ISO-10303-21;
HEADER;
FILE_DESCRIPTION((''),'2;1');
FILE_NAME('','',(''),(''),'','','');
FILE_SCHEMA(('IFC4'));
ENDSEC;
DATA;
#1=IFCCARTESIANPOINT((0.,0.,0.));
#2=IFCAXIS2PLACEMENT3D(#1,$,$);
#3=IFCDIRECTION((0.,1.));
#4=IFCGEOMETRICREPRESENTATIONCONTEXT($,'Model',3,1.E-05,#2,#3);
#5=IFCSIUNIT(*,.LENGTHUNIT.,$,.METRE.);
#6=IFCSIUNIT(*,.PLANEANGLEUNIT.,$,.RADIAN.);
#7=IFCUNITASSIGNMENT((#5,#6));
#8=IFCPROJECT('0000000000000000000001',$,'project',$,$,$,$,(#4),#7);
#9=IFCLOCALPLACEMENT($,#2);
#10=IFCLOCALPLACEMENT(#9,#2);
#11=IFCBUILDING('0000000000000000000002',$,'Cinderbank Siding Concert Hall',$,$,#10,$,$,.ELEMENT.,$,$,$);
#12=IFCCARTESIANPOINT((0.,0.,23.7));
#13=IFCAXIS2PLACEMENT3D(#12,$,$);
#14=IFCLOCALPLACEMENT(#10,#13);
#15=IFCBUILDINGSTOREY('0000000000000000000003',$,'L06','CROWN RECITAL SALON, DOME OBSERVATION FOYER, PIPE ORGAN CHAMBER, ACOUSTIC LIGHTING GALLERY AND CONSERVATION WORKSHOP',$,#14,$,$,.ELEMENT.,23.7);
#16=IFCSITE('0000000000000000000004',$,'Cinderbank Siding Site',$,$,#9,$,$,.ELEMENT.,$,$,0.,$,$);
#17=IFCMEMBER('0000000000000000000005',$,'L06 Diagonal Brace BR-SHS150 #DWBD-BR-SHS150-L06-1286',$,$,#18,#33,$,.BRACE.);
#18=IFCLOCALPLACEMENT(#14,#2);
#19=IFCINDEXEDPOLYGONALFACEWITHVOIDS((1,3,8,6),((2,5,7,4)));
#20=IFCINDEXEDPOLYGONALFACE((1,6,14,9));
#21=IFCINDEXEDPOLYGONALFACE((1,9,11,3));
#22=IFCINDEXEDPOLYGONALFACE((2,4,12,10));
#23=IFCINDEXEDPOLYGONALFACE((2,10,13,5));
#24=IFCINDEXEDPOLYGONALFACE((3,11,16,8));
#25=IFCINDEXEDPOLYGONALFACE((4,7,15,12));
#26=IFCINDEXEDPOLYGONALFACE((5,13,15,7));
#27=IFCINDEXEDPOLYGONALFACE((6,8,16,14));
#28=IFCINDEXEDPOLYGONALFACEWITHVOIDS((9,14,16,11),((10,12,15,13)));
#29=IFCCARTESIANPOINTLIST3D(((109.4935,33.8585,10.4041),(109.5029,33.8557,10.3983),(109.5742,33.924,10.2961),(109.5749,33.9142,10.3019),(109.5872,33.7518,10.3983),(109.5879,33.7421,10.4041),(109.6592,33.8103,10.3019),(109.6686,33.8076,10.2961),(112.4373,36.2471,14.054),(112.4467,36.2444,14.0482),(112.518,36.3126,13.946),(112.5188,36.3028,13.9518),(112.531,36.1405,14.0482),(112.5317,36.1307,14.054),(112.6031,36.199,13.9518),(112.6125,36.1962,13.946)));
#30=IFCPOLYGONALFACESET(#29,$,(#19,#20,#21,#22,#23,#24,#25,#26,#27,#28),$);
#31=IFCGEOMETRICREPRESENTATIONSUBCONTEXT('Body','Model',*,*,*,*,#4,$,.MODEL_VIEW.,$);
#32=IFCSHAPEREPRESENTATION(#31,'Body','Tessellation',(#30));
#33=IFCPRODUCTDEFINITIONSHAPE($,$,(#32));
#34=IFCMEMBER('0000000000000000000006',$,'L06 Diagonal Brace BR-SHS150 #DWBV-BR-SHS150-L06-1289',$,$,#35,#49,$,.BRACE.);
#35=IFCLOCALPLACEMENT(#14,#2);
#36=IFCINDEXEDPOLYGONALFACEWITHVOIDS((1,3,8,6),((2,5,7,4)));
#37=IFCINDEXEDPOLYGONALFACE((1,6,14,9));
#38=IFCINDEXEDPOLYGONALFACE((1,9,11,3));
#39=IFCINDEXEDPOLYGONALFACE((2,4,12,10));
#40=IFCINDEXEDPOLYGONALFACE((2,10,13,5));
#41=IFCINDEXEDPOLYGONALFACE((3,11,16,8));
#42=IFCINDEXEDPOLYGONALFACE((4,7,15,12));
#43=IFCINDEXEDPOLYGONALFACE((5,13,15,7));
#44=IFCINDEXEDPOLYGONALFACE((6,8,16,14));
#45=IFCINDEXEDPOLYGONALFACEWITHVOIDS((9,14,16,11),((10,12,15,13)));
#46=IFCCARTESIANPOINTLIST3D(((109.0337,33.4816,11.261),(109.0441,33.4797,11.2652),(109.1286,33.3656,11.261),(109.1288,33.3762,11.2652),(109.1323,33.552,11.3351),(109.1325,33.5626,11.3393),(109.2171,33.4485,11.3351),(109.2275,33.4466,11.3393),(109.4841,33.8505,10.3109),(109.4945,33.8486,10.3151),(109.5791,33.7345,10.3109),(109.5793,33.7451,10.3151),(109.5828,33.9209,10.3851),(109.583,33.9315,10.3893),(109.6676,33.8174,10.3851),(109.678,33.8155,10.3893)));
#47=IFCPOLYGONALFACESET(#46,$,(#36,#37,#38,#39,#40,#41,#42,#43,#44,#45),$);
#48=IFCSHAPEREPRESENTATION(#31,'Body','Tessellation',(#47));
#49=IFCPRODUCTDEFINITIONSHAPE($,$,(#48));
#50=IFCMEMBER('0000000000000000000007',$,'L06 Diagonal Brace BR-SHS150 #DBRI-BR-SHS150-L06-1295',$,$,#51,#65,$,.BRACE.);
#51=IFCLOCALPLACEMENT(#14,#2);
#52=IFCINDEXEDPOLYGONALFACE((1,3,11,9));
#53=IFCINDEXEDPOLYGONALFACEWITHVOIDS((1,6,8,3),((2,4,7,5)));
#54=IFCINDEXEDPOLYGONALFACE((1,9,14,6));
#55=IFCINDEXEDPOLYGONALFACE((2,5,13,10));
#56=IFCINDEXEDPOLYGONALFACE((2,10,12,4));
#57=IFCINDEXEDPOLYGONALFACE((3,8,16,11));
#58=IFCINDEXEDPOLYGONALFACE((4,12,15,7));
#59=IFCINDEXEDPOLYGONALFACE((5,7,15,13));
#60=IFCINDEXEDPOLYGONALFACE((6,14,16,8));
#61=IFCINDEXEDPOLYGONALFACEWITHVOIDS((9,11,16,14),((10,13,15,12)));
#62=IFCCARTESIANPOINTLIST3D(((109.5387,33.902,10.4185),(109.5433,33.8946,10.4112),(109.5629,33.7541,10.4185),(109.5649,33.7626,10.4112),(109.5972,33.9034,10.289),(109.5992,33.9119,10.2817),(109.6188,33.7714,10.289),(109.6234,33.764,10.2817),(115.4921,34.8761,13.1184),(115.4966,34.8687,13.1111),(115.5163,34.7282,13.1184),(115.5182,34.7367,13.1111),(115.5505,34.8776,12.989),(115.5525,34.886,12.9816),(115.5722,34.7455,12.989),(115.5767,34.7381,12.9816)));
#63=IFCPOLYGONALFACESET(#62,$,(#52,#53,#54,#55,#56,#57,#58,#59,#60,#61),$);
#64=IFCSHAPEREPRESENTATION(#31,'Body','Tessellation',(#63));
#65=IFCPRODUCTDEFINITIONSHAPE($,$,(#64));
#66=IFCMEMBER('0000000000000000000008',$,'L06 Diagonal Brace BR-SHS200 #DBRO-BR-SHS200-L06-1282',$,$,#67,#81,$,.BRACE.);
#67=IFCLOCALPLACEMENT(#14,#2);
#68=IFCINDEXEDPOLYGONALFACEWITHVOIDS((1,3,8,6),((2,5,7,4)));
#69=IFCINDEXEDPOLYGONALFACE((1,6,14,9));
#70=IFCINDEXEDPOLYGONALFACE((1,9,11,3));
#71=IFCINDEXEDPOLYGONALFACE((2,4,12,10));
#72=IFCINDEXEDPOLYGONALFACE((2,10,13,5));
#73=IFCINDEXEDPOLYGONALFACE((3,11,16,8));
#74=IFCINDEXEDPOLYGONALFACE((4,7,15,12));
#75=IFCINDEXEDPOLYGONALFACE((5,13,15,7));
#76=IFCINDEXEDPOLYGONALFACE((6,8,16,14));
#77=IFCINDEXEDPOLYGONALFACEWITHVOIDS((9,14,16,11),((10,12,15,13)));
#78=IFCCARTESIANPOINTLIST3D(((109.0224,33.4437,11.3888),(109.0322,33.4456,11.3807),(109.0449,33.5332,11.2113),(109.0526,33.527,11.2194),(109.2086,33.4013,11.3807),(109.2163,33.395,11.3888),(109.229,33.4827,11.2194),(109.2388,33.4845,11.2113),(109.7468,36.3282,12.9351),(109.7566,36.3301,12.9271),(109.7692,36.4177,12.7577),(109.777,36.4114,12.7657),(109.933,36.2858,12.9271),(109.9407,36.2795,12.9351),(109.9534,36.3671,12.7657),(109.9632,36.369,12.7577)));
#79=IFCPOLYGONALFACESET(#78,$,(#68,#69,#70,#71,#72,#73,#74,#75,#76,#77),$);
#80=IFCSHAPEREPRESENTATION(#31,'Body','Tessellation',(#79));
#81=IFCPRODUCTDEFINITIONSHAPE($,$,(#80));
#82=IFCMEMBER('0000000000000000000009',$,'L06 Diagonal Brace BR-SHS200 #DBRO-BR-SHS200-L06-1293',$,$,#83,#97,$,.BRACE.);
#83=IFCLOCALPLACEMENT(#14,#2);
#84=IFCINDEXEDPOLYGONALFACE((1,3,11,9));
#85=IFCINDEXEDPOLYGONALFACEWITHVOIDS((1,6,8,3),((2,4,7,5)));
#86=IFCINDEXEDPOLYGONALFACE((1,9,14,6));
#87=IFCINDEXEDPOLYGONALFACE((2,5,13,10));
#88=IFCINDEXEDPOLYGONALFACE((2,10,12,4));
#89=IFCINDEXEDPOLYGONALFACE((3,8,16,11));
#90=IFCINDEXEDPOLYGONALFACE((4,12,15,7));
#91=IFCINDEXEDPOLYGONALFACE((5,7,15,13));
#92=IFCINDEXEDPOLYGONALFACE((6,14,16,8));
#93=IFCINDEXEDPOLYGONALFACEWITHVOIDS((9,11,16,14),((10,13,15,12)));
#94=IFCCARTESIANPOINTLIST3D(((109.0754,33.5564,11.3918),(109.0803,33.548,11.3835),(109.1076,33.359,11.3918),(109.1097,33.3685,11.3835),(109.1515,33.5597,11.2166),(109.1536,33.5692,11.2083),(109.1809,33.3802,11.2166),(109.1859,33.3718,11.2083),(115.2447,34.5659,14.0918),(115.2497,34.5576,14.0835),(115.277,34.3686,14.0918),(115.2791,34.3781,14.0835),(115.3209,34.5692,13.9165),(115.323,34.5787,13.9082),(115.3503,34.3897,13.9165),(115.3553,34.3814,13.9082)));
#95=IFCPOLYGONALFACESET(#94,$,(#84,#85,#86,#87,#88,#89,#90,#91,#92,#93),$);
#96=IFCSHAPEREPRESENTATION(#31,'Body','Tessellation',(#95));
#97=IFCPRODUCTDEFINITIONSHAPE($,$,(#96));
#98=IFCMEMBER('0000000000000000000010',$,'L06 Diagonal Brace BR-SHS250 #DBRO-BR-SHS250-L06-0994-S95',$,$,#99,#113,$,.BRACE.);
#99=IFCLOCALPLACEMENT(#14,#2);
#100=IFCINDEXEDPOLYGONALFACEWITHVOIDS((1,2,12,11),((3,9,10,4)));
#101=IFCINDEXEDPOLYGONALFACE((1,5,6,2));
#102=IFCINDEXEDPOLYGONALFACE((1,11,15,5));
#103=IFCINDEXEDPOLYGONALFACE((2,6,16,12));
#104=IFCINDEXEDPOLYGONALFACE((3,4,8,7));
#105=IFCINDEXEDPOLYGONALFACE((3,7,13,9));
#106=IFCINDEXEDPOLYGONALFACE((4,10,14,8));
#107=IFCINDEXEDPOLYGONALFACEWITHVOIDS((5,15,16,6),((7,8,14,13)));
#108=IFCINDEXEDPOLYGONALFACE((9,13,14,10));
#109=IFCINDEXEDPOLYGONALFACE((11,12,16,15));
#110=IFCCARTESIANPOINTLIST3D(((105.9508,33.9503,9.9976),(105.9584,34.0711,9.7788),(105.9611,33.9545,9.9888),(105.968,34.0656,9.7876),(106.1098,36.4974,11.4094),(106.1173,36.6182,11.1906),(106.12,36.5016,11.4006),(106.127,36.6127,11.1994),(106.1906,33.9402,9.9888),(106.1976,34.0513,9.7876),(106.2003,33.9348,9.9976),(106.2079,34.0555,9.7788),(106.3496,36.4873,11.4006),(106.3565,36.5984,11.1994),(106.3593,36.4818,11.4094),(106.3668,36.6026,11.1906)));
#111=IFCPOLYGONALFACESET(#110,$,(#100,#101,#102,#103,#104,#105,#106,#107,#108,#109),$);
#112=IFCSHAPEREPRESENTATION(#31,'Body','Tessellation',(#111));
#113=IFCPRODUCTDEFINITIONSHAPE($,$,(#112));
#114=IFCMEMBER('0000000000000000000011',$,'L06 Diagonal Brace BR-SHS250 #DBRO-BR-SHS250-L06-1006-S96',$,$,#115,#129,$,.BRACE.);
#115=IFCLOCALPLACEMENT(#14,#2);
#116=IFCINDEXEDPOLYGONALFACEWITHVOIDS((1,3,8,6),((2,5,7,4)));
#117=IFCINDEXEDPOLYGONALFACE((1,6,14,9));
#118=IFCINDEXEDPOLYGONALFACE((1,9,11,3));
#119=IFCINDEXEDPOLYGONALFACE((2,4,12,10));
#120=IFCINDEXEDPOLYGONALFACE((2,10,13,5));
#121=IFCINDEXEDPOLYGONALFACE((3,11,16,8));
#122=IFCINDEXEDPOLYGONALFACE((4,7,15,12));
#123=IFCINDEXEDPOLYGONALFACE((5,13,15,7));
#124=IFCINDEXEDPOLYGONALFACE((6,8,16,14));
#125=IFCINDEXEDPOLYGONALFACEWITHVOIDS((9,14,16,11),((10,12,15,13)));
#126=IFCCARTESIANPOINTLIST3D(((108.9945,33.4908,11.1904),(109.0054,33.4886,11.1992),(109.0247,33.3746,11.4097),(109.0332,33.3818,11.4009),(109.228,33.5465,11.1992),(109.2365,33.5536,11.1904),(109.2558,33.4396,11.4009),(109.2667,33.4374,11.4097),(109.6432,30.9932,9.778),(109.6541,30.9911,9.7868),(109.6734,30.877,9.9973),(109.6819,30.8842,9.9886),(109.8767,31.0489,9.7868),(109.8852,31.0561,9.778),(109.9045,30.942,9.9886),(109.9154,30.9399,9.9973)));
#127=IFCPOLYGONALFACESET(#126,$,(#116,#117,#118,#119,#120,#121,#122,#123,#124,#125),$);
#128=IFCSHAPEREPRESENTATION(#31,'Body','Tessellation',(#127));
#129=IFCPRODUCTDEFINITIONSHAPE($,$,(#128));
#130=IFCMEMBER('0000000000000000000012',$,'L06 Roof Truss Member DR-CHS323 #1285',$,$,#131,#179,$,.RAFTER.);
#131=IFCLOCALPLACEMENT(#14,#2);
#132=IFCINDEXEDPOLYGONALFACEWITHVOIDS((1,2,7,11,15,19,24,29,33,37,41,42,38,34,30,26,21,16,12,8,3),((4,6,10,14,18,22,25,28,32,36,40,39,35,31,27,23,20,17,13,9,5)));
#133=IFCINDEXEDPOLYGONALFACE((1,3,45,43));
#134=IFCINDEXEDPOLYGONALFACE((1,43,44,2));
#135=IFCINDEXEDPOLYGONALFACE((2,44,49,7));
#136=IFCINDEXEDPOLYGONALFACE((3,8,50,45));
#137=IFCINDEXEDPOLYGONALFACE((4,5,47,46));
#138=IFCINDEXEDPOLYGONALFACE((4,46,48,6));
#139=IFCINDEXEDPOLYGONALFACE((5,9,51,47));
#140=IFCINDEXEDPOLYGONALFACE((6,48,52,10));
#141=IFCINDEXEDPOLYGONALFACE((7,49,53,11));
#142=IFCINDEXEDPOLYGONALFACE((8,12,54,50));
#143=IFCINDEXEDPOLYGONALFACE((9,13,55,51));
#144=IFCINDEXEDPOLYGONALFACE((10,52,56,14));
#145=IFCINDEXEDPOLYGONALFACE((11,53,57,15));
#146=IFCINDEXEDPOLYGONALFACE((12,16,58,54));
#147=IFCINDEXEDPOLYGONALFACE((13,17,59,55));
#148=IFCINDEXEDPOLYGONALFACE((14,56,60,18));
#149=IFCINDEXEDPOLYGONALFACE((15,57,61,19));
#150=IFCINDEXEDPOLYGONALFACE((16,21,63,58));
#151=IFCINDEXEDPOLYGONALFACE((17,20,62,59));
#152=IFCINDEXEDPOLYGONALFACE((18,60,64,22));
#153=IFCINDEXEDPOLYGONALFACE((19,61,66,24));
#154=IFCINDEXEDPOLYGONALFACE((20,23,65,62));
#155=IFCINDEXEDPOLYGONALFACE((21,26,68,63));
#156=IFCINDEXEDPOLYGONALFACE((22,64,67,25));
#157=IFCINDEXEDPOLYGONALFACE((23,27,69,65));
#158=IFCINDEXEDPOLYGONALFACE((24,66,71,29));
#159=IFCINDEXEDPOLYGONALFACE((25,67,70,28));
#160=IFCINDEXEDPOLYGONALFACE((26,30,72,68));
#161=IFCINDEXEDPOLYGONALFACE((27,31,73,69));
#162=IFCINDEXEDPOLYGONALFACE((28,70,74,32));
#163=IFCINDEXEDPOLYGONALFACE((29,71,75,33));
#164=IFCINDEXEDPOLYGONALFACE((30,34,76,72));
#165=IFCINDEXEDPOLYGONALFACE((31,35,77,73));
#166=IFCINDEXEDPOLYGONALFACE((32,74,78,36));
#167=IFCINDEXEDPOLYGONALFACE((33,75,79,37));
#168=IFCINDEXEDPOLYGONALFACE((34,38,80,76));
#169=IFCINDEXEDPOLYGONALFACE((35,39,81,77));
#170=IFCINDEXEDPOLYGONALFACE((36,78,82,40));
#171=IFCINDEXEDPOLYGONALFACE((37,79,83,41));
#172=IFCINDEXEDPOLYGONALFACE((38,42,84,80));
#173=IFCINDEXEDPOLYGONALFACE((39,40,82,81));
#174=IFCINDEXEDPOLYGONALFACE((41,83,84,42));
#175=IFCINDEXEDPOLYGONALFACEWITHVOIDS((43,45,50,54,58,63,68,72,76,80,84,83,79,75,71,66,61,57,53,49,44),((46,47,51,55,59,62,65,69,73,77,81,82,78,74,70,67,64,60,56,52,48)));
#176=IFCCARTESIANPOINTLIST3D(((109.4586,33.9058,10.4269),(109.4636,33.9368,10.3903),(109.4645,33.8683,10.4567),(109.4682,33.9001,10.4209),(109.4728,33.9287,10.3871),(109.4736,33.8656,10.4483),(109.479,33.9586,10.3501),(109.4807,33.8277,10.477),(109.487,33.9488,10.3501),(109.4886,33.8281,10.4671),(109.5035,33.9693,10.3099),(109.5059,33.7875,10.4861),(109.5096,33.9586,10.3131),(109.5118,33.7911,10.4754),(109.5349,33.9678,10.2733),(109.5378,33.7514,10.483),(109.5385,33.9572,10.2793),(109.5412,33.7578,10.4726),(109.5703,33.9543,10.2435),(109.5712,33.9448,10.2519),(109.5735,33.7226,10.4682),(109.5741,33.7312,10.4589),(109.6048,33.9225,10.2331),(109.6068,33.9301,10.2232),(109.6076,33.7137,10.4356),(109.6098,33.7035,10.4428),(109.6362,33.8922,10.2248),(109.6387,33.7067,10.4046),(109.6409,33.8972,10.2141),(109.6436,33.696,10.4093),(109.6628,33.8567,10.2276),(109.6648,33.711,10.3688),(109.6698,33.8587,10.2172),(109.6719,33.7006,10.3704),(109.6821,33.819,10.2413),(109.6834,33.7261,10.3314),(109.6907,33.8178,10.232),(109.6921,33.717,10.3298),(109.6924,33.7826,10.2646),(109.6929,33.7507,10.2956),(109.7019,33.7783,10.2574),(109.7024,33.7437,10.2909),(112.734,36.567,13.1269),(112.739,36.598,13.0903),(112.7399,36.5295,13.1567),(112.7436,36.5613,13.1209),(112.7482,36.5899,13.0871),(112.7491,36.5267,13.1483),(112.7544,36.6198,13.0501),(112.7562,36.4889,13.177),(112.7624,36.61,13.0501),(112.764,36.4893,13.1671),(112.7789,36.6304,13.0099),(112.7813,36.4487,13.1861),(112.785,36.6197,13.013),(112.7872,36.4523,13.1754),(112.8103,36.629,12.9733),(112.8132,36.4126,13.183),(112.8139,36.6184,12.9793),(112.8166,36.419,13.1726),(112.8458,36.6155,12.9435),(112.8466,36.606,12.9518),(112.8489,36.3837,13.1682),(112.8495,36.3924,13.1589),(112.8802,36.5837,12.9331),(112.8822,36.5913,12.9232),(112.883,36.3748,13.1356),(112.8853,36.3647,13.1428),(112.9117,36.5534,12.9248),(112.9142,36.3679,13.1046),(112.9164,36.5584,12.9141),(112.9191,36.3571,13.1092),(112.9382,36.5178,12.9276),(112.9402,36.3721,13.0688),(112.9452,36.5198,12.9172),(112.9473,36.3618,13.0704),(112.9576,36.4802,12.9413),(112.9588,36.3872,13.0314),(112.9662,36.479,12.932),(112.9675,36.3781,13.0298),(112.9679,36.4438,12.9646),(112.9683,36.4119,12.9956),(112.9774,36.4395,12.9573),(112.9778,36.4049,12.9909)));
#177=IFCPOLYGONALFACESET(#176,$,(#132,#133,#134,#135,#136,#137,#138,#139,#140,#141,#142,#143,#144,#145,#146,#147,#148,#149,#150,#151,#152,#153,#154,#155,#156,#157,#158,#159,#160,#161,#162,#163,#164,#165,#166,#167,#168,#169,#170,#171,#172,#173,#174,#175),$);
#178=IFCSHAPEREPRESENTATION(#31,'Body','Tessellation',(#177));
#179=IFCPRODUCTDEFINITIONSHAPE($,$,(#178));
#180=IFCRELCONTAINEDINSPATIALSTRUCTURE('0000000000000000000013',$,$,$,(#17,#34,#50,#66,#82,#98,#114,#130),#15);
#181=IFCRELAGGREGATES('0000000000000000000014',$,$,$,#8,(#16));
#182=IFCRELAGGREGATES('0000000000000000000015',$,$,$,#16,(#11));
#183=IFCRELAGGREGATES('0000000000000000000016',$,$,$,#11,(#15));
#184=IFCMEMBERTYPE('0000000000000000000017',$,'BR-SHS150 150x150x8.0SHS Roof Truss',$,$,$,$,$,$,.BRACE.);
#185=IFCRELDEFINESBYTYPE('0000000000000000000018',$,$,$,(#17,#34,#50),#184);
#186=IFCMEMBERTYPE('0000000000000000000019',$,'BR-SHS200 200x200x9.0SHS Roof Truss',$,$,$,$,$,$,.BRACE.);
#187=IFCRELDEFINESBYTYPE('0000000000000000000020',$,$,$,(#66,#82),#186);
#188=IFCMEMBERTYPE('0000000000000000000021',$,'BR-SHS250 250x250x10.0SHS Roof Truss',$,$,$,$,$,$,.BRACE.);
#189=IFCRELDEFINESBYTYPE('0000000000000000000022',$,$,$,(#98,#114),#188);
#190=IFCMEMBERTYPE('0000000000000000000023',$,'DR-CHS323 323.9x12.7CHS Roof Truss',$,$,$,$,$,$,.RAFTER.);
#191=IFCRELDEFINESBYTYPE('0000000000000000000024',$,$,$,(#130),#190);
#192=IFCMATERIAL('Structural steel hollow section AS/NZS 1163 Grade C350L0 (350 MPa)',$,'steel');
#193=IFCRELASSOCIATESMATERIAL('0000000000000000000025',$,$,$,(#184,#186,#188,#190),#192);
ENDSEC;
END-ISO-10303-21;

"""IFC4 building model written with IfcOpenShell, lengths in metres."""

from ifc_helpers import new_model, si_unit, direction, frame, origin, origin_2d, place, context, subcontext, project, spatial, hollow_rectangle, hollow_circle, extrude, material, material_profile, profile_set, type_object, element, save


model = new_model("IFC4")

# Units and contexts
model_context = context("Model", 3, precision=1e-05, world=origin(), true_north=direction((0.0, 1.0)))
body_context = subcontext(model_context, "Body", "Model", "MODEL_VIEW")
ifc_project = project(units=[si_unit("LENGTHUNIT", "METRE"), si_unit("PLANEANGLEUNIT", "RADIAN")], contexts=[model_context])

# Site, building, storey
site_placement = place(None, origin())
site = spatial("IfcSite", under=ifc_project, at=site_placement, Name="Cinderbank Siding Site", CompositionType="ELEMENT", RefElevation=0.0)
building_placement = place(site_placement, origin())
building = spatial("IfcBuilding", under=site, at=building_placement, Name="Cinderbank Siding Concert Hall", CompositionType="ELEMENT")
storey_placement = place(building_placement, frame((0.0, 0.0, 23.7)))
storey = spatial("IfcBuildingStorey", under=building, at=storey_placement, Name="L06", Description="CROWN RECITAL SALON, DOME OBSERVATION FOYER, PIPE ORGAN CHAMBER, ACOUSTIC LIGHTING GALLERY AND CONSERVATION WORKSHOP", CompositionType="ELEMENT", Elevation=23.7)

# Members
ifc_material_1 = material(Name="Structural steel hollow section AS/NZS 1163 Grade C350L0 (350 MPa)", Category="steel")
ifc_material_profile_1 = material_profile(ifc_material_1, hollow_rectangle(XDim=0.1499, YDim=0.1499, WallThickness=0.0081, at=origin_2d()), Name="150x150x8.0SHS", Category="LoadBearing")
ifc_profile_set_1 = profile_set([ifc_material_profile_1], Name="Structural steel hollow section AS/NZS 1163 Grade C350L0 (350 MPa)")
member_type_1 = type_object("IfcMemberType", Name="BR-SHS150 150x150x8.0SHS Roof Truss", PredefinedType="BRACE", material=ifc_profile_set_1)
member_1_placement = place(storey_placement, frame((109.5811, 33.833, 10.3501), z_axis=(0.559402, 0.453905, 0.69357), x_axis=(-0.630083, 0.776528, 0.0)))
element("IfcMember", 1, at=member_1_placement, inside=storey, type_object=member_type_1, Name="L06 Diagonal Brace BR-SHS150 #DWBD-BR-SHS150-L06-1286", PredefinedType="BRACE", context=body_context, shape_type="SweptSolid", body=[
    extrude(hollow_rectangle(XDim=0.1499, YDim=0.1499, WallThickness=0.0081, at=origin_2d()), origin(), (0.0, 0.0, 1.0), 5.2625),
])
member_2_placement = place(storey_placement, frame((109.5811, 33.833, 10.3501), z_axis=(-0.40428, -0.331094, 0.852604), x_axis=(0.633603, -0.773658, 0.0)))
element("IfcMember", 2, at=member_2_placement, inside=storey, type_object=member_type_1, Name="L06 Diagonal Brace BR-SHS150 #DWBV-BR-SHS150-L06-1289", PredefinedType="BRACE", context=body_context, shape_type="SweptSolid", body=[
    extrude(hollow_rectangle(XDim=0.1499, YDim=0.1499, WallThickness=0.0081, at=origin_2d()), origin(), (0.0, 0.0, 1.0), 1.1143),
])
member_3_placement = place(storey_placement, frame((109.5811, 33.833, 10.3501), z_axis=(0.900773, 0.147389, 0.408515), x_axis=(-0.161478, 0.986876, 0.0)))
element("IfcMember", 3, at=member_3_placement, inside=storey, type_object=member_type_1, Name="L06 Diagonal Brace BR-SHS150 #DBRI-BR-SHS150-L06-1295", PredefinedType="BRACE", context=body_context, shape_type="SweptSolid", body=[
    extrude(hollow_rectangle(XDim=0.1499, YDim=0.1499, WallThickness=0.0081, at=origin_2d()), origin(), (0.0, 0.0, 1.0), 6.6091),
])
ifc_material_profile_2 = material_profile(ifc_material_1, hollow_rectangle(XDim=0.2, YDim=0.2, WallThickness=0.009, at=origin_2d()), Name="200x200x9.0SHS", Category="LoadBearing")
ifc_profile_set_2 = profile_set([ifc_material_profile_2], Name="Structural steel hollow section AS/NZS 1163 Grade C350L0 (350 MPa)")
member_type_2 = type_object("IfcMemberType", Name="BR-SHS200 200x200x9.0SHS Roof Truss", PredefinedType="BRACE", material=ifc_profile_set_2)
member_4_placement = place(storey_placement, frame((109.1306, 33.4641, 11.3), z_axis=(0.216094, 0.860515, 0.461321), x_axis=(-0.969886, 0.243559, 0.0)))
element("IfcMember", 4, at=member_4_placement, inside=storey, type_object=member_type_2, Name="L06 Diagonal Brace BR-SHS200 #DBRO-BR-SHS200-L06-1282", PredefinedType="BRACE", context=body_context, shape_type="SweptSolid", body=[
    extrude(hollow_rectangle(XDim=0.2, YDim=0.2, WallThickness=0.009, at=origin_2d()), origin(), (0.0, 0.0, 1.0), 3.3521),
])
member_5_placement = place(storey_placement, frame((109.1306, 33.4641, 11.3), z_axis=(0.905989, 0.14825, 0.396491), x_axis=(-0.161485, 0.986875, 0.0)))
element("IfcMember", 5, at=member_5_placement, inside=storey, type_object=member_type_2, Name="L06 Diagonal Brace BR-SHS200 #DBRO-BR-SHS200-L06-1293", PredefinedType="BRACE", context=body_context, shape_type="SweptSolid", body=[
    extrude(hollow_rectangle(XDim=0.2, YDim=0.2, WallThickness=0.009, at=origin_2d()), origin(), (0.0, 0.0, 1.0), 6.8096),
])
ifc_material_profile_3 = material_profile(ifc_material_1, hollow_rectangle(XDim=0.25, YDim=0.25, WallThickness=0.01, at=origin_2d()), Name="250x250x10.0SHS", Category="LoadBearing")
ifc_profile_set_3 = profile_set([ifc_material_profile_3], Name="Structural steel hollow section AS/NZS 1163 Grade C350L0 (350 MPa)")
member_type_3 = type_object("IfcMemberType", Name="BR-SHS250 250x250x10.0SHS Roof Truss", PredefinedType="BRACE", material=ifc_profile_set_3)
member_6_placement = place(storey_placement, frame((106.0793, 34.0029, 9.8882), z_axis=(0.054494, 0.873324, 0.484082), x_axis=(-0.998059, 0.062277, 0.0)))
element("IfcMember", 6, at=member_6_placement, inside=storey, type_object=member_type_3, Name="L06 Diagonal Brace BR-SHS250 #DBRO-BR-SHS250-L06-0994-S95", PredefinedType="BRACE", context=body_context, shape_type="SweptSolid", body=[
    extrude(hollow_rectangle(XDim=0.25, YDim=0.25, WallThickness=0.01, at=origin_2d()), origin(), (0.0, 0.0, 1.0), 2.9165),
])
member_7_placement = place(storey_placement, frame((109.7793, 30.9666, 9.8877), z_axis=(-0.220516, 0.849032, 0.480122), x_axis=(-0.967887, -0.251386, 0.0)))
element("IfcMember", 7, at=member_7_placement, inside=storey, type_object=member_type_3, Name="L06 Diagonal Brace BR-SHS250 #DBRO-BR-SHS250-L06-1006-S96", PredefinedType="BRACE", context=body_context, shape_type="SweptSolid", body=[
    extrude(hollow_rectangle(XDim=0.25, YDim=0.25, WallThickness=0.01, at=origin_2d()), origin(), (0.0, 0.0, 1.0), 2.9417),
])
ifc_material_profile_4 = material_profile(ifc_material_1, hollow_circle(Radius=0.1619, WallThickness=0.0127, at=origin_2d()), Name="323.9x12.7CHS", Category="LoadBearing")
ifc_profile_set_4 = profile_set([ifc_material_profile_4], Name="Structural steel hollow section AS/NZS 1163 Grade C350L0 (350 MPa)")
member_type_4 = type_object("IfcMemberType", Name="DR-CHS323 323.9x12.7CHS Roof Truss", PredefinedType="RAFTER", material=ifc_profile_set_4)
member_8_placement = place(storey_placement, frame((109.5811, 33.833, 10.3501), z_axis=(0.653778, 0.53117, 0.538918), x_axis=(-0.630575, 0.776128, 0.0)))
element("IfcMember", 8, at=member_8_placement, inside=storey, type_object=member_type_4, Name="L06 Roof Truss Member DR-CHS323 #1285", PredefinedType="RAFTER", context=body_context, shape_type="SweptSolid", body=[
    extrude(hollow_circle(Radius=0.1619, WallThickness=0.0127, at=origin_2d()), origin(), (0.0, 0.0, 1.0), 5.01),
])

save(model, "model.ifc")
